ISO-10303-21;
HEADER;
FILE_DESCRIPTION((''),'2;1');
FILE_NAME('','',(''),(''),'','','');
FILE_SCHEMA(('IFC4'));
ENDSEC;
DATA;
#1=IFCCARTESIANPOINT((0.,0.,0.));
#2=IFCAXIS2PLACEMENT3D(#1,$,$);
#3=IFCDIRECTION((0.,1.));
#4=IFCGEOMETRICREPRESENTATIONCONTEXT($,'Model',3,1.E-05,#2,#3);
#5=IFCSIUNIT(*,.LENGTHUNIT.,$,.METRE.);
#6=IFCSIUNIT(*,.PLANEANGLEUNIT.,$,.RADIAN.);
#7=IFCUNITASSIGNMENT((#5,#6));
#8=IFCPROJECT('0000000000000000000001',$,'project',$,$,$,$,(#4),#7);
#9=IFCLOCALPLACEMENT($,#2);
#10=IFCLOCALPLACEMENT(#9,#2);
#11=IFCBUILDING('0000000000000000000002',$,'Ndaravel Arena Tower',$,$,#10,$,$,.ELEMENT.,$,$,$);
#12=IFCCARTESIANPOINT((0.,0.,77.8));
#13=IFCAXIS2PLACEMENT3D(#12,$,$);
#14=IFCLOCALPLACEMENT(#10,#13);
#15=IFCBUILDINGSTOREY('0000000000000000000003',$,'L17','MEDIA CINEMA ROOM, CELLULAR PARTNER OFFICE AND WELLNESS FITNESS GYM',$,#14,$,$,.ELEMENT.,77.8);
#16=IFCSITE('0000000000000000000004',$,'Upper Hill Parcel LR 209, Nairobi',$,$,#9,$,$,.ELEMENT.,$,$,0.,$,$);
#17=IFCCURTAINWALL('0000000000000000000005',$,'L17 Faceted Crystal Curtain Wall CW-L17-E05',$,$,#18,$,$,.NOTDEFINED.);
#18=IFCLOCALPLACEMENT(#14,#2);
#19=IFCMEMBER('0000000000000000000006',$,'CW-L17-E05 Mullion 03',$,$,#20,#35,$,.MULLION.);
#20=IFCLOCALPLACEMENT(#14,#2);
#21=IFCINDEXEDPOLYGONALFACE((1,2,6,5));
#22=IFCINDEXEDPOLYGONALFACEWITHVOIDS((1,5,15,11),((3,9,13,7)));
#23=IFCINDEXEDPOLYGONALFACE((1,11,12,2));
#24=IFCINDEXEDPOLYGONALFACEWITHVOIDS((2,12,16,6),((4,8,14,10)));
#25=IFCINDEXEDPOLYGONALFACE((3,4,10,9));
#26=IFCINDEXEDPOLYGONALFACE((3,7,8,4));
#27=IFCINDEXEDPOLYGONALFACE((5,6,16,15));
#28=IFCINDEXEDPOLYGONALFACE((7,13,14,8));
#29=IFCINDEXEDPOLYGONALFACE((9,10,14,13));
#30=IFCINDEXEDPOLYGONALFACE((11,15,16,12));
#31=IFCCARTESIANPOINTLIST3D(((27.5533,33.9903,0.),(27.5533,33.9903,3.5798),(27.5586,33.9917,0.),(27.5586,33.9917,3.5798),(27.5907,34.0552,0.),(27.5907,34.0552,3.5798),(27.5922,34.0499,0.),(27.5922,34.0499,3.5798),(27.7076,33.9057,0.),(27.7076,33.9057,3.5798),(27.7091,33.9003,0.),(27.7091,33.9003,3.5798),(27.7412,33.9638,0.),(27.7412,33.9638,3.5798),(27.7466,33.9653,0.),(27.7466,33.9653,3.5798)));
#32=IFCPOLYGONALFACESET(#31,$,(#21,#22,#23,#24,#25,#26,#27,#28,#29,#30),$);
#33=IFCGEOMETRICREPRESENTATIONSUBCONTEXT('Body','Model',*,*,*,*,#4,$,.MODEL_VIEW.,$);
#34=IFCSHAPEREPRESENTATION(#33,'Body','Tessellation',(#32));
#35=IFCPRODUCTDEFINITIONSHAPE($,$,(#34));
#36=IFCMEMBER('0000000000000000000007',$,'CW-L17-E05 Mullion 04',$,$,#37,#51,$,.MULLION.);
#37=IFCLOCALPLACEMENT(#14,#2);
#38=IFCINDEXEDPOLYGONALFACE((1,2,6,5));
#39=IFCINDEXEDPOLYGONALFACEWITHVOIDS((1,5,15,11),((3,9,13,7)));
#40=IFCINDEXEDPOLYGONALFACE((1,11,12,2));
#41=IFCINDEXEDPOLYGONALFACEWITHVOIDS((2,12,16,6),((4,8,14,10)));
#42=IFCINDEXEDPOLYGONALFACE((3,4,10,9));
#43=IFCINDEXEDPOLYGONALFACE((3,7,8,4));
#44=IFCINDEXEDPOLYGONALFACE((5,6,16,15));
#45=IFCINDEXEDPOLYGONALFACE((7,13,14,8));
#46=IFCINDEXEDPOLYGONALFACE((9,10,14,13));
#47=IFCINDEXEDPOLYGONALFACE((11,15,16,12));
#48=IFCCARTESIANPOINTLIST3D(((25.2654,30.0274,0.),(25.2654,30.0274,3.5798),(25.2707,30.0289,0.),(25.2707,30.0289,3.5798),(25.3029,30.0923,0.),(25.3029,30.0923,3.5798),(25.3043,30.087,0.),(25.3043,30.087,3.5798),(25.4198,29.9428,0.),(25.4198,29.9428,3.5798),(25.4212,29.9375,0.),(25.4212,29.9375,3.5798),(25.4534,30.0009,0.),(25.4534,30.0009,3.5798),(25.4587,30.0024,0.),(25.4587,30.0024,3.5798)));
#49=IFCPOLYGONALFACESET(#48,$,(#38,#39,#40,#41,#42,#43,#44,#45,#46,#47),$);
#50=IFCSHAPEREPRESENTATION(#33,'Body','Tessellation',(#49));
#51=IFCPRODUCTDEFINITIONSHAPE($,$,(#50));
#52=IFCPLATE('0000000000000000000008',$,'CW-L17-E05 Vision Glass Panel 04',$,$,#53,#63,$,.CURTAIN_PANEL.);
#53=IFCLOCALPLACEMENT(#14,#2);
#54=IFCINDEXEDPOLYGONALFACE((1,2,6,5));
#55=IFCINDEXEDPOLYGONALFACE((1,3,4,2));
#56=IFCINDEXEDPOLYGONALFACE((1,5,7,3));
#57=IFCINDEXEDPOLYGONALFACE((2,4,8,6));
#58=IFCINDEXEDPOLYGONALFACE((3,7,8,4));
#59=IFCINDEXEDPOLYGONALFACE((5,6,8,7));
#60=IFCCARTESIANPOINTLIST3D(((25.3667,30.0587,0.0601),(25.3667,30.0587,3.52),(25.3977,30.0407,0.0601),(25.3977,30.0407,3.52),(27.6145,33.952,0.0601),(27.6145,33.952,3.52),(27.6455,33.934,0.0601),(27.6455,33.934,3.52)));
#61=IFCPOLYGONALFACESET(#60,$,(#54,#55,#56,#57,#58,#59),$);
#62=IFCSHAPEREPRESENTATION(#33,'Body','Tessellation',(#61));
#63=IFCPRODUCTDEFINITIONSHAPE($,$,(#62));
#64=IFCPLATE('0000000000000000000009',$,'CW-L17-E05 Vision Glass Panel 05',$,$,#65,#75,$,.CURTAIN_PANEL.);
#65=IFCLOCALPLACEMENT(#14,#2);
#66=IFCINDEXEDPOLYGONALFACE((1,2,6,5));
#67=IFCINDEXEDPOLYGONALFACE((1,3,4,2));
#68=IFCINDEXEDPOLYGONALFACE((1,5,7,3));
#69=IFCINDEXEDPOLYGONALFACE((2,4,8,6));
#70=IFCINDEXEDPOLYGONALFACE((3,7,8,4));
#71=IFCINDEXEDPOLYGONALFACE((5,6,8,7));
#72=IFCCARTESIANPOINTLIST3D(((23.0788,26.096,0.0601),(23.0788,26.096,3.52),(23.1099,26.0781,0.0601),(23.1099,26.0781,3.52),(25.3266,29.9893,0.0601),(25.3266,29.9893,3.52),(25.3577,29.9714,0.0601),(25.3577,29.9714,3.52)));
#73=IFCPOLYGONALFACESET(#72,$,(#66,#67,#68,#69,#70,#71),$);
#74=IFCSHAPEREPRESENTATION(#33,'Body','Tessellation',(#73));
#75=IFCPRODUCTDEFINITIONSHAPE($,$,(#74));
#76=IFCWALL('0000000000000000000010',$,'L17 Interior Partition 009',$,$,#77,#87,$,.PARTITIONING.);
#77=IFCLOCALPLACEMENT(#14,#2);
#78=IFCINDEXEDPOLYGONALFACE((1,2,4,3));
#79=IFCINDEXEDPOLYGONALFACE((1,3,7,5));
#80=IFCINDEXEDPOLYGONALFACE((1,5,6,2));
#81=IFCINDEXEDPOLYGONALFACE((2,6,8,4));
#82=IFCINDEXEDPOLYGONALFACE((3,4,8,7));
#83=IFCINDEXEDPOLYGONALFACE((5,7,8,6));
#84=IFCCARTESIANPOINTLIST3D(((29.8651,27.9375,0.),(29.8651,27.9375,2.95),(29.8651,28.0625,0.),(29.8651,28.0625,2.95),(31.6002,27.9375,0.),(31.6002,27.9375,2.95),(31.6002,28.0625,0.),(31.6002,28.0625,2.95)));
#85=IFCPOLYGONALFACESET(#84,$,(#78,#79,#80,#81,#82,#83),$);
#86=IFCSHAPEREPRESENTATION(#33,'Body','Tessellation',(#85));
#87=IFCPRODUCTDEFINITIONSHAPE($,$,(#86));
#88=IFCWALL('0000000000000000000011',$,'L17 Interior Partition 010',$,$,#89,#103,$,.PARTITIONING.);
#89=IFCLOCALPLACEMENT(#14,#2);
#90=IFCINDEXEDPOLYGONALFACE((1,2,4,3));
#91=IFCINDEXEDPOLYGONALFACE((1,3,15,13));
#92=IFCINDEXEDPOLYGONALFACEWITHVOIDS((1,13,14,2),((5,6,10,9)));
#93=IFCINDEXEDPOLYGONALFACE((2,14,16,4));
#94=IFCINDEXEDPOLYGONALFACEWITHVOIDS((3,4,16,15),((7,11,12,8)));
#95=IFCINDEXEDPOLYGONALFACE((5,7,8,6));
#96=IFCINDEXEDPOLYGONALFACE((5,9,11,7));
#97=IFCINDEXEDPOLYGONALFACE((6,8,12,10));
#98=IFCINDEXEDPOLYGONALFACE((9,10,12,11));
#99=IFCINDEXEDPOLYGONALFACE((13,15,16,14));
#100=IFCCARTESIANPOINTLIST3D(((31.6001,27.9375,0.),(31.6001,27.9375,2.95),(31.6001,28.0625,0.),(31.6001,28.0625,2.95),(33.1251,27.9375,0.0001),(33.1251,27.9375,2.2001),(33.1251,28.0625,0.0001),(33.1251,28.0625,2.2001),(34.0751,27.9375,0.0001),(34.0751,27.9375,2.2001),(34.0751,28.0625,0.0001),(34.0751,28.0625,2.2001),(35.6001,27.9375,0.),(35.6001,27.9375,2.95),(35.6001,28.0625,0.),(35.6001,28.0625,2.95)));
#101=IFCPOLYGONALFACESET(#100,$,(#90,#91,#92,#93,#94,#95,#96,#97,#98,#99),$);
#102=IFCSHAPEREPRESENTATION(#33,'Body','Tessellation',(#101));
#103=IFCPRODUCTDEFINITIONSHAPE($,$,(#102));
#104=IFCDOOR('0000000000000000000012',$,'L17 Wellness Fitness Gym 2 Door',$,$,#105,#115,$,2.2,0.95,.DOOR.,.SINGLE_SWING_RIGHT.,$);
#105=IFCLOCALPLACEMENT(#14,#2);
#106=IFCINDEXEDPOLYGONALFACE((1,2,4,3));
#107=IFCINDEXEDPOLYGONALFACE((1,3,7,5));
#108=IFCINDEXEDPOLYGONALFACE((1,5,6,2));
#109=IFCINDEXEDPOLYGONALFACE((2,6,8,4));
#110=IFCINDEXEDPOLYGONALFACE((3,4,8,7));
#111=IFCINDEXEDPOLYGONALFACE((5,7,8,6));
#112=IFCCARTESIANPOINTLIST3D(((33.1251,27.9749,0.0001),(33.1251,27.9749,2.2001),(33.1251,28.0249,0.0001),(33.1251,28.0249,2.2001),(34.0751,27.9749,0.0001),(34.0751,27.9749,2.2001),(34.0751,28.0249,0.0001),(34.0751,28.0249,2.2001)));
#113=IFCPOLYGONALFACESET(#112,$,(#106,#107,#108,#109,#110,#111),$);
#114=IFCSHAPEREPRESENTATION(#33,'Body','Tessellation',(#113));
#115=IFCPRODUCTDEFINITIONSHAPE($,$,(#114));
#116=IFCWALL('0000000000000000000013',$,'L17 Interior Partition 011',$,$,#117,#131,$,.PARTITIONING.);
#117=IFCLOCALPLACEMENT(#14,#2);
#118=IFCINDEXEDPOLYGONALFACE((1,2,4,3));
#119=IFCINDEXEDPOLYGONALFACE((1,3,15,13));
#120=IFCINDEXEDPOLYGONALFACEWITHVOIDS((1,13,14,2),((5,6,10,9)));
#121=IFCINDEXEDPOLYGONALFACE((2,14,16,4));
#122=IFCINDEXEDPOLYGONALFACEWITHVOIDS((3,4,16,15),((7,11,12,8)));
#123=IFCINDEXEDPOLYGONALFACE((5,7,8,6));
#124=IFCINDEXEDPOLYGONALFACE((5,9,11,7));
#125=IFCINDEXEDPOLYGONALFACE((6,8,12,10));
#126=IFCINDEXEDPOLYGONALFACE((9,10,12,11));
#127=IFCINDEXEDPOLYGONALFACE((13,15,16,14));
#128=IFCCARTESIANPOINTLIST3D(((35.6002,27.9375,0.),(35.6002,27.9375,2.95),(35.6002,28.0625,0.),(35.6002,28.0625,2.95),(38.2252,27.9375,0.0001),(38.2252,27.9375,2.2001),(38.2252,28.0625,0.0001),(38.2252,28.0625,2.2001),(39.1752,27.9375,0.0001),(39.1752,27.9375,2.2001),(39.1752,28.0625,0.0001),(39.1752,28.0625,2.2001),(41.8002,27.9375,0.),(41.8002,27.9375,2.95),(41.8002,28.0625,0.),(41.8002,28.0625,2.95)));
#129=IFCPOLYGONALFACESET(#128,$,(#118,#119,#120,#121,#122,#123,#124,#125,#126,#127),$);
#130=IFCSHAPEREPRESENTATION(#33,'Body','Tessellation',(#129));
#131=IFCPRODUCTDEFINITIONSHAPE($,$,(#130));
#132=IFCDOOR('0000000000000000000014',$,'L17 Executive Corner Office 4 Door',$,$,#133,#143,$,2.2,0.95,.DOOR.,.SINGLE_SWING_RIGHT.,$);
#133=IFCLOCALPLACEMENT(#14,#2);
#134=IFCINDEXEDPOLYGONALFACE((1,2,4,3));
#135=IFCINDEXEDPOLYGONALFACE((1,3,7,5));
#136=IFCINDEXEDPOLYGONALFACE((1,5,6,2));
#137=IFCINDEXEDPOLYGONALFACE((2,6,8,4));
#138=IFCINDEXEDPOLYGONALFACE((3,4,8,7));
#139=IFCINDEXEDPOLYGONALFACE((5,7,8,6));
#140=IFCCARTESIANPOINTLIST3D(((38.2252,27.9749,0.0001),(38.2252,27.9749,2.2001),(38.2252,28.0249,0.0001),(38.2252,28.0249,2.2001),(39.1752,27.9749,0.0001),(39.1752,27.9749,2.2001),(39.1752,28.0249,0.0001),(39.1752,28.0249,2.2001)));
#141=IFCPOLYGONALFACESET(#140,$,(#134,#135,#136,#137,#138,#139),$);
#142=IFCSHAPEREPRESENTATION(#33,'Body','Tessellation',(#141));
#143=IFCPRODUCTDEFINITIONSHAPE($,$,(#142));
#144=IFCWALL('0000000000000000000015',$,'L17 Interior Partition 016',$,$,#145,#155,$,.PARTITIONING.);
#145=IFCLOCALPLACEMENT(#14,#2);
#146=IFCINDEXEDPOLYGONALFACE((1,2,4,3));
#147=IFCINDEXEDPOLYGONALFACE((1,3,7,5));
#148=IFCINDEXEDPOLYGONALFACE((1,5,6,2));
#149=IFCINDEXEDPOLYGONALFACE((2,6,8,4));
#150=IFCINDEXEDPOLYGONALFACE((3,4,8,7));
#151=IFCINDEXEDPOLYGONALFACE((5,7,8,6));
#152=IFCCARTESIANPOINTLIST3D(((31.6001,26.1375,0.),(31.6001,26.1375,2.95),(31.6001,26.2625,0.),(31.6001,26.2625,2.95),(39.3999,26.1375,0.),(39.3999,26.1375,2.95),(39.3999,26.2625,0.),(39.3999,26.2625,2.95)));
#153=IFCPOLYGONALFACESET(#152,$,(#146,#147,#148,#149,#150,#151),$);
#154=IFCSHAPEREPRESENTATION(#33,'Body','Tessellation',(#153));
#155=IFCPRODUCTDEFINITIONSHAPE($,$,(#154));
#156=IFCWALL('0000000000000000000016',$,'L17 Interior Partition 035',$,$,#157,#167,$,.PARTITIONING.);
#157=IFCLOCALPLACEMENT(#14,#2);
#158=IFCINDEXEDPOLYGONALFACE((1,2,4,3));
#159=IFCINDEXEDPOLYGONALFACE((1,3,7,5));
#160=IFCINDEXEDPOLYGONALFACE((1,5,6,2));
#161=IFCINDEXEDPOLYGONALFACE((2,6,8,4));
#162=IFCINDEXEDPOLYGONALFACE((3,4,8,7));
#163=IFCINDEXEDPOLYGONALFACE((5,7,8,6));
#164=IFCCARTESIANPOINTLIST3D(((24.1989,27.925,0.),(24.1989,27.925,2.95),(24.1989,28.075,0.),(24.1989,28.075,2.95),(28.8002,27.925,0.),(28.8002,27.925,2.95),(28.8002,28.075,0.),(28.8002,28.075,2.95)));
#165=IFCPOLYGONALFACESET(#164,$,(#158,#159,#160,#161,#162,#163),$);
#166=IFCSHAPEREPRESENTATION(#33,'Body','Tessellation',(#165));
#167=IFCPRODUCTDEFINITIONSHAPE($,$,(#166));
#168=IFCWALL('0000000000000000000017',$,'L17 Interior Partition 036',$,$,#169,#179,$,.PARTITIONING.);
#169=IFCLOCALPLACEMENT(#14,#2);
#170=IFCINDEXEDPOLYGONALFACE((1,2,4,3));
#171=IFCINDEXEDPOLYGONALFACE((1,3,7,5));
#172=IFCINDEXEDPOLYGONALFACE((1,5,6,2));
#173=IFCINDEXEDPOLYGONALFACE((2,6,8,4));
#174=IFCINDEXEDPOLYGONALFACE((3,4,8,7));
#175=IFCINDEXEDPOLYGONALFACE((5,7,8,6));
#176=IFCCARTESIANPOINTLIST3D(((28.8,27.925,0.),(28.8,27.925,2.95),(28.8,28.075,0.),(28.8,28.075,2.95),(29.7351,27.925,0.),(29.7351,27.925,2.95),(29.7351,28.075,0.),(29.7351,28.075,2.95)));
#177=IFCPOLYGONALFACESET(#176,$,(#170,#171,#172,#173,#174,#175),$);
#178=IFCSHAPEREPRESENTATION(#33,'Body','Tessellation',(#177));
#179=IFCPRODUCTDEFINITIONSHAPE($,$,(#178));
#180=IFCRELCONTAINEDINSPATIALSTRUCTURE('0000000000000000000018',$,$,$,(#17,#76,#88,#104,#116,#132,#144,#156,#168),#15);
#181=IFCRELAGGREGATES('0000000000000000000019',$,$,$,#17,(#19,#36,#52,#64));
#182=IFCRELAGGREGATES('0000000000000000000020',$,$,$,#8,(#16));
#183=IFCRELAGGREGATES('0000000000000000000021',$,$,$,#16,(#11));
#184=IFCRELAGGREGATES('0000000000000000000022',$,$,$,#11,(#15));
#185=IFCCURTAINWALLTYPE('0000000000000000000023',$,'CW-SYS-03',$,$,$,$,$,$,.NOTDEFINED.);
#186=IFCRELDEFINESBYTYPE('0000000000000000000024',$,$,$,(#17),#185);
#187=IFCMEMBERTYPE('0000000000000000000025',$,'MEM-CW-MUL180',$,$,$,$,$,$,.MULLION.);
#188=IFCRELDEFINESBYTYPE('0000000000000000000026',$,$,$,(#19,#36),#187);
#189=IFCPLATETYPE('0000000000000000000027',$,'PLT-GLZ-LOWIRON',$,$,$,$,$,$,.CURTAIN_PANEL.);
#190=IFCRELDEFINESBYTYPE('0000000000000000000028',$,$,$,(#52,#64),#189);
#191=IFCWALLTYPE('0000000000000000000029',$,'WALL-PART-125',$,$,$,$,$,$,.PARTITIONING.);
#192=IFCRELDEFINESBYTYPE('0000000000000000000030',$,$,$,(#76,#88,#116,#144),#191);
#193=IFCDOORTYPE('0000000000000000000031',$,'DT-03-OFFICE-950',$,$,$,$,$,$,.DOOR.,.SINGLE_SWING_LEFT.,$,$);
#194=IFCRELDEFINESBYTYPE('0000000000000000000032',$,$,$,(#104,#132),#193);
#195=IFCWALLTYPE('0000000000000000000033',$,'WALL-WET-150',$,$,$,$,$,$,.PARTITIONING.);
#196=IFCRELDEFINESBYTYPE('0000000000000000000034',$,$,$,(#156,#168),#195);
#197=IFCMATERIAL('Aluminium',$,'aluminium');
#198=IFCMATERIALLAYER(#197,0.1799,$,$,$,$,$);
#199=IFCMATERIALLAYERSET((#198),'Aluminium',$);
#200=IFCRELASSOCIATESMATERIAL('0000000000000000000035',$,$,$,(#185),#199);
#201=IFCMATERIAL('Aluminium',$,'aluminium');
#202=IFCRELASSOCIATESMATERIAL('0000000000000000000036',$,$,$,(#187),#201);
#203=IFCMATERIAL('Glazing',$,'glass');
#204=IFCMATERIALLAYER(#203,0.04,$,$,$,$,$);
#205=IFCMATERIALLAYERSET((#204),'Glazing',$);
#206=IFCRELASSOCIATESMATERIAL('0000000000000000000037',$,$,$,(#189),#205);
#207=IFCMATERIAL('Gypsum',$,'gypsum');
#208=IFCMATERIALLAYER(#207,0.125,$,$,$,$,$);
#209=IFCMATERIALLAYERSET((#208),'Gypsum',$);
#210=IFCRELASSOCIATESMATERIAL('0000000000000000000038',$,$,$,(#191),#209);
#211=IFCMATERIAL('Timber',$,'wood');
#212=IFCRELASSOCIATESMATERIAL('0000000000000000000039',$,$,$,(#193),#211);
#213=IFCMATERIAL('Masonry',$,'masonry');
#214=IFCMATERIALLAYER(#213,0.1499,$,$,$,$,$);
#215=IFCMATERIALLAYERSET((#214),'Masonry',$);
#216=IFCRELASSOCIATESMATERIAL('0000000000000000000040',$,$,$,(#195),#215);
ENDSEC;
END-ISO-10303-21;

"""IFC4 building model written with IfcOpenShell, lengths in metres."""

from ifc_helpers import new_model, si_unit, direction, frame, frame_2d, origin, origin_2d, place, context, subcontext, project, spatial, rectangle, hollow_rectangle, extrude, material, layer, layer_set, material_profile, profile_set, type_object, element, fill, aggregate, save


model = new_model("IFC4")

# Units and contexts
model_context = context("Model", 3, precision=1e-05, world=origin(), true_north=direction((0.0, 1.0)))
body_context = subcontext(model_context, "Body", "Model", "MODEL_VIEW")
ifc_project = project(units=[si_unit("LENGTHUNIT", "METRE"), si_unit("PLANEANGLEUNIT", "RADIAN")], contexts=[model_context])

# Site, building, storey
site_placement = place(None, origin())
site = spatial("IfcSite", under=ifc_project, at=site_placement, Name="Upper Hill Parcel LR 209, Nairobi", CompositionType="ELEMENT", RefElevation=0.0)
building_placement = place(site_placement, origin())
building = spatial("IfcBuilding", under=site, at=building_placement, Name="Ndaravel Arena Tower", CompositionType="ELEMENT")
storey_placement = place(building_placement, frame((0.0, 0.0, 77.8)))
storey = spatial("IfcBuildingStorey", under=building, at=storey_placement, Name="L17", Description="MEDIA CINEMA ROOM, CELLULAR PARTNER OFFICE AND WELLNESS FITNESS GYM", CompositionType="ELEMENT", Elevation=77.8)

# Curtain wall, members, plates
ifc_material_1 = material(Name="Aluminium", Category="aluminium")
ifc_layer_1 = layer(ifc_material_1, 0.1799)
ifc_layer_set_1 = layer_set([ifc_layer_1], Name="Aluminium")
curtain_wall_type = type_object("IfcCurtainWallType", Name="CW-SYS-03", PredefinedType="NOTDEFINED", material=ifc_layer_set_1)
curtain_wall_placement = place(storey_placement, origin())
curtain_wall = element("IfcCurtainWall", 1, at=curtain_wall_placement, inside=storey, type_object=curtain_wall_type, Name="L17 Faceted Crystal Curtain Wall CW-L17-E05", PredefinedType="NOTDEFINED")
ifc_material_2 = material(Name="Aluminium", Category="aluminium")
ifc_material_profile_1 = material_profile(ifc_material_2, hollow_rectangle(XDim=0.075, YDim=0.1799, WallThickness=0.0039, at=origin_2d()), Name="CW MULLION 75x180x4")
ifc_profile_set_1 = profile_set([ifc_material_profile_1], Name="Aluminium")
member_type = type_object("IfcMemberType", Name="MEM-CW-MUL180", PredefinedType="MULLION", material=ifc_profile_set_1)
member_1_placement = place(storey_placement, frame((27.6499, 33.9778, 0.0), z_axis=(0.0, 0.0, 1.0), x_axis=(-0.5, -0.866025, 0.0)))
member_1 = element("IfcMember", 2, at=member_1_placement, type_object=member_type, Name="CW-L17-E05 Mullion 03", PredefinedType="MULLION", context=body_context, shape_type="SweptSolid", body=[
    extrude(hollow_rectangle(XDim=0.075, YDim=0.1799, WallThickness=0.0039, at=origin_2d()), origin(), (0.0, 0.0, 1.0), 3.5798),
])
member_2_placement = place(storey_placement, frame((25.3621, 30.0149, 0.0), z_axis=(0.0, 0.0, 1.0), x_axis=(-0.5, -0.866025, 0.0)))
member_2 = element("IfcMember", 3, at=member_2_placement, type_object=member_type, Name="CW-L17-E05 Mullion 04", PredefinedType="MULLION", context=body_context, shape_type="SweptSolid", body=[
    extrude(hollow_rectangle(XDim=0.075, YDim=0.1799, WallThickness=0.0039, at=origin_2d()), origin(), (0.0, 0.0, 1.0), 3.5798),
])
ifc_material_3 = material(Name="Glazing", Category="glass")
ifc_layer_2 = layer(ifc_material_3, 0.04)
ifc_layer_set_2 = layer_set([ifc_layer_2], Name="Glazing")
plate_type = type_object("IfcPlateType", Name="PLT-GLZ-LOWIRON", PredefinedType="CURTAIN_PANEL", material=ifc_layer_set_2)
plate_1_placement = place(storey_placement, frame((26.5061, 31.9963, 0.0601), z_axis=(0.0, 0.0, 1.0), x_axis=(-0.5, -0.866025, 0.0)))
plate_1 = element("IfcPlate", 4, at=plate_1_placement, type_object=plate_type, Name="CW-L17-E05 Vision Glass Panel 04", PredefinedType="CURTAIN_PANEL", context=body_context, shape_type="SweptSolid", body=[
    extrude(rectangle(XDim=4.4956, YDim=0.0359, at=origin_2d()), origin(), (0.0, 0.0, 1.0), 3.46),
])
plate_2_placement = place(storey_placement, frame((24.2183, 28.0337, 0.0601), z_axis=(0.0, 0.0, 1.0), x_axis=(-0.5, -0.866025, 0.0)))
plate_2 = element("IfcPlate", 5, at=plate_2_placement, type_object=plate_type, Name="CW-L17-E05 Vision Glass Panel 05", PredefinedType="CURTAIN_PANEL", context=body_context, shape_type="SweptSolid", body=[
    extrude(rectangle(XDim=4.4956, YDim=0.0359, at=origin_2d()), origin(), (0.0, 0.0, 1.0), 3.46),
])
aggregate(curtain_wall, [member_1, member_2, plate_1, plate_2])

# Wall
ifc_material_4 = material(Name="Gypsum", Category="gypsum")
ifc_layer_3 = layer(ifc_material_4, 0.125)
ifc_layer_set_3 = layer_set([ifc_layer_3], Name="Gypsum")
wall_type_1 = type_object("IfcWallType", Name="WALL-PART-125", PredefinedType="PARTITIONING", material=ifc_layer_set_3)
wall_1_placement = place(storey_placement, frame((29.865, 28.0, 0.0), z_axis=(0.0, 0.0, 1.0), x_axis=(1.0, 0.0, 0.0)))
element("IfcWall", 6, at=wall_1_placement, inside=storey, type_object=wall_type_1, Name="L17 Interior Partition 009", PredefinedType="PARTITIONING", context=body_context, shape_type="SweptSolid", body=[
    extrude(rectangle(XDim=1.7351, YDim=0.125, at=frame_2d((0.8677, 0.0))), origin(), (0.0, 0.0, 1.0), 2.95),
])

# Walls, openings, doors
wall_2_placement = place(storey_placement, frame((31.6001, 28.0, 0.0), z_axis=(0.0, 0.0, 1.0), x_axis=(1.0, 0.0, 0.0)))
wall_2 = element("IfcWall", 7, at=wall_2_placement, inside=storey, type_object=wall_type_1, Name="L17 Interior Partition 010", PredefinedType="PARTITIONING", context=body_context, shape_type="SweptSolid", body=[
    extrude(rectangle(XDim=4.0, YDim=0.125, at=frame_2d((2.0, 0.0))), origin(), (0.0, 0.0, 1.0), 2.95),
])
opening_1_placement = place(wall_2_placement, frame((1.5249, 0.0, 0.0)))
opening_1 = element("IfcOpeningElement", 8, at=opening_1_placement, cuts=wall_2, PredefinedType="OPENING", context=body_context, shape_type="SweptSolid", body=[
    extrude(rectangle(XDim=0.95, YDim=2.2, at=frame_2d((0.4751, 1.1001))), frame((0.0, 0.0625, 0.0), z_axis=(0.0, -1.0, 0.0), x_axis=(1.0, 0.0, 0.0)), (0.0, 0.0, 1.0), 0.125),
])
ifc_material_5 = material(Name="Timber", Category="wood")
door_type_1 = type_object("IfcDoorType", Name="DT-03-OFFICE-950", OperationType="SINGLE_SWING_LEFT", PredefinedType="DOOR", material=ifc_material_5)
door_1_placement = place(opening_1_placement, origin())
door_1 = element("IfcDoor", 9, at=door_1_placement, inside=storey, type_object=door_type_1, Name="L17 Wellness Fitness Gym 2 Door", OperationType="SINGLE_SWING_RIGHT", OverallHeight=2.2, OverallWidth=0.95, PredefinedType="DOOR", context=body_context, shape_type="SweptSolid", body=[
    extrude(rectangle(XDim=0.95, YDim=2.2, at=frame_2d((0.4751, 1.1001))), frame((0.0, 0.0249, 0.0), z_axis=(0.0, -1.0, 0.0), x_axis=(1.0, 0.0, 0.0)), (0.0, 0.0, 1.0), 0.05),
])
fill(opening_1, door_1)
wall_3_placement = place(storey_placement, frame((35.6001, 28.0, 0.0), z_axis=(0.0, 0.0, 1.0), x_axis=(1.0, 0.0, 0.0)))
wall_3 = element("IfcWall", 10, at=wall_3_placement, inside=storey, type_object=wall_type_1, Name="L17 Interior Partition 011", PredefinedType="PARTITIONING", context=body_context, shape_type="SweptSolid", body=[
    extrude(rectangle(XDim=6.2, YDim=0.125, at=frame_2d((3.1001, 0.0))), origin(), (0.0, 0.0, 1.0), 2.95),
])
opening_2_placement = place(wall_3_placement, frame((2.625, 0.0, 0.0)))
opening_2 = element("IfcOpeningElement", 11, at=opening_2_placement, cuts=wall_3, PredefinedType="OPENING", context=body_context, shape_type="SweptSolid", body=[
    extrude(rectangle(XDim=0.95, YDim=2.2, at=frame_2d((0.4751, 1.1001))), frame((0.0, 0.0625, 0.0), z_axis=(0.0, -1.0, 0.0), x_axis=(1.0, 0.0, 0.0)), (0.0, 0.0, 1.0), 0.125),
])
door_2_placement = place(opening_2_placement, origin())
door_2 = element("IfcDoor", 12, at=door_2_placement, inside=storey, type_object=door_type_1, Name="L17 Executive Corner Office 4 Door", OperationType="SINGLE_SWING_RIGHT", OverallHeight=2.2, OverallWidth=0.95, PredefinedType="DOOR", context=body_context, shape_type="SweptSolid", body=[
    extrude(rectangle(XDim=0.95, YDim=2.2, at=frame_2d((0.4751, 1.1001))), frame((0.0, 0.0249, 0.0), z_axis=(0.0, -1.0, 0.0), x_axis=(1.0, 0.0, 0.0)), (0.0, 0.0, 1.0), 0.05),
])
fill(opening_2, door_2)

# Wall
wall_4_placement = place(storey_placement, frame((39.3999, 26.2, 0.0), z_axis=(0.0, 0.0, 1.0), x_axis=(-1.0, 0.0, 0.0)))
element("IfcWall", 13, at=wall_4_placement, inside=storey, type_object=wall_type_1, Name="L17 Interior Partition 016", PredefinedType="PARTITIONING", context=body_context, shape_type="SweptSolid", body=[
    extrude(rectangle(XDim=7.7998, YDim=0.125, at=frame_2d((3.8999, 0.0))), origin(), (0.0, 0.0, 1.0), 2.95),
])

# Shared definitions
ifc_material_6 = material(Name="Masonry", Category="masonry")
ifc_layer_4 = layer(ifc_material_6, 0.1499)
ifc_layer_set_4 = layer_set([ifc_layer_4], Name="Masonry")
wall_type_2 = type_object("IfcWallType", Name="WALL-WET-150", PredefinedType="PARTITIONING", material=ifc_layer_set_4)

# Walls
wall_5_placement = place(storey_placement, frame((24.1987, 28.0, 0.0), z_axis=(0.0, 0.0, 1.0), x_axis=(1.0, 0.0, 0.0)))
element("IfcWall", 14, at=wall_5_placement, inside=storey, type_object=wall_type_2, Name="L17 Interior Partition 035", PredefinedType="PARTITIONING", context=body_context, shape_type="SweptSolid", body=[
    extrude(rectangle(XDim=4.6013, YDim=0.1499, at=frame_2d((2.3008, 0.0))), origin(), (0.0, 0.0, 1.0), 2.95),
])
wall_6_placement = place(storey_placement, frame((28.8, 28.0, 0.0), z_axis=(0.0, 0.0, 1.0), x_axis=(1.0, 0.0, 0.0)))
element("IfcWall", 15, at=wall_6_placement, inside=storey, type_object=wall_type_2, Name="L17 Interior Partition 036", PredefinedType="PARTITIONING", context=body_context, shape_type="SweptSolid", body=[
    extrude(rectangle(XDim=0.9351, YDim=0.1499, at=frame_2d((0.4675, 0.0))), origin(), (0.0, 0.0, 1.0), 2.95),
])

save(model, "model.ifc")
